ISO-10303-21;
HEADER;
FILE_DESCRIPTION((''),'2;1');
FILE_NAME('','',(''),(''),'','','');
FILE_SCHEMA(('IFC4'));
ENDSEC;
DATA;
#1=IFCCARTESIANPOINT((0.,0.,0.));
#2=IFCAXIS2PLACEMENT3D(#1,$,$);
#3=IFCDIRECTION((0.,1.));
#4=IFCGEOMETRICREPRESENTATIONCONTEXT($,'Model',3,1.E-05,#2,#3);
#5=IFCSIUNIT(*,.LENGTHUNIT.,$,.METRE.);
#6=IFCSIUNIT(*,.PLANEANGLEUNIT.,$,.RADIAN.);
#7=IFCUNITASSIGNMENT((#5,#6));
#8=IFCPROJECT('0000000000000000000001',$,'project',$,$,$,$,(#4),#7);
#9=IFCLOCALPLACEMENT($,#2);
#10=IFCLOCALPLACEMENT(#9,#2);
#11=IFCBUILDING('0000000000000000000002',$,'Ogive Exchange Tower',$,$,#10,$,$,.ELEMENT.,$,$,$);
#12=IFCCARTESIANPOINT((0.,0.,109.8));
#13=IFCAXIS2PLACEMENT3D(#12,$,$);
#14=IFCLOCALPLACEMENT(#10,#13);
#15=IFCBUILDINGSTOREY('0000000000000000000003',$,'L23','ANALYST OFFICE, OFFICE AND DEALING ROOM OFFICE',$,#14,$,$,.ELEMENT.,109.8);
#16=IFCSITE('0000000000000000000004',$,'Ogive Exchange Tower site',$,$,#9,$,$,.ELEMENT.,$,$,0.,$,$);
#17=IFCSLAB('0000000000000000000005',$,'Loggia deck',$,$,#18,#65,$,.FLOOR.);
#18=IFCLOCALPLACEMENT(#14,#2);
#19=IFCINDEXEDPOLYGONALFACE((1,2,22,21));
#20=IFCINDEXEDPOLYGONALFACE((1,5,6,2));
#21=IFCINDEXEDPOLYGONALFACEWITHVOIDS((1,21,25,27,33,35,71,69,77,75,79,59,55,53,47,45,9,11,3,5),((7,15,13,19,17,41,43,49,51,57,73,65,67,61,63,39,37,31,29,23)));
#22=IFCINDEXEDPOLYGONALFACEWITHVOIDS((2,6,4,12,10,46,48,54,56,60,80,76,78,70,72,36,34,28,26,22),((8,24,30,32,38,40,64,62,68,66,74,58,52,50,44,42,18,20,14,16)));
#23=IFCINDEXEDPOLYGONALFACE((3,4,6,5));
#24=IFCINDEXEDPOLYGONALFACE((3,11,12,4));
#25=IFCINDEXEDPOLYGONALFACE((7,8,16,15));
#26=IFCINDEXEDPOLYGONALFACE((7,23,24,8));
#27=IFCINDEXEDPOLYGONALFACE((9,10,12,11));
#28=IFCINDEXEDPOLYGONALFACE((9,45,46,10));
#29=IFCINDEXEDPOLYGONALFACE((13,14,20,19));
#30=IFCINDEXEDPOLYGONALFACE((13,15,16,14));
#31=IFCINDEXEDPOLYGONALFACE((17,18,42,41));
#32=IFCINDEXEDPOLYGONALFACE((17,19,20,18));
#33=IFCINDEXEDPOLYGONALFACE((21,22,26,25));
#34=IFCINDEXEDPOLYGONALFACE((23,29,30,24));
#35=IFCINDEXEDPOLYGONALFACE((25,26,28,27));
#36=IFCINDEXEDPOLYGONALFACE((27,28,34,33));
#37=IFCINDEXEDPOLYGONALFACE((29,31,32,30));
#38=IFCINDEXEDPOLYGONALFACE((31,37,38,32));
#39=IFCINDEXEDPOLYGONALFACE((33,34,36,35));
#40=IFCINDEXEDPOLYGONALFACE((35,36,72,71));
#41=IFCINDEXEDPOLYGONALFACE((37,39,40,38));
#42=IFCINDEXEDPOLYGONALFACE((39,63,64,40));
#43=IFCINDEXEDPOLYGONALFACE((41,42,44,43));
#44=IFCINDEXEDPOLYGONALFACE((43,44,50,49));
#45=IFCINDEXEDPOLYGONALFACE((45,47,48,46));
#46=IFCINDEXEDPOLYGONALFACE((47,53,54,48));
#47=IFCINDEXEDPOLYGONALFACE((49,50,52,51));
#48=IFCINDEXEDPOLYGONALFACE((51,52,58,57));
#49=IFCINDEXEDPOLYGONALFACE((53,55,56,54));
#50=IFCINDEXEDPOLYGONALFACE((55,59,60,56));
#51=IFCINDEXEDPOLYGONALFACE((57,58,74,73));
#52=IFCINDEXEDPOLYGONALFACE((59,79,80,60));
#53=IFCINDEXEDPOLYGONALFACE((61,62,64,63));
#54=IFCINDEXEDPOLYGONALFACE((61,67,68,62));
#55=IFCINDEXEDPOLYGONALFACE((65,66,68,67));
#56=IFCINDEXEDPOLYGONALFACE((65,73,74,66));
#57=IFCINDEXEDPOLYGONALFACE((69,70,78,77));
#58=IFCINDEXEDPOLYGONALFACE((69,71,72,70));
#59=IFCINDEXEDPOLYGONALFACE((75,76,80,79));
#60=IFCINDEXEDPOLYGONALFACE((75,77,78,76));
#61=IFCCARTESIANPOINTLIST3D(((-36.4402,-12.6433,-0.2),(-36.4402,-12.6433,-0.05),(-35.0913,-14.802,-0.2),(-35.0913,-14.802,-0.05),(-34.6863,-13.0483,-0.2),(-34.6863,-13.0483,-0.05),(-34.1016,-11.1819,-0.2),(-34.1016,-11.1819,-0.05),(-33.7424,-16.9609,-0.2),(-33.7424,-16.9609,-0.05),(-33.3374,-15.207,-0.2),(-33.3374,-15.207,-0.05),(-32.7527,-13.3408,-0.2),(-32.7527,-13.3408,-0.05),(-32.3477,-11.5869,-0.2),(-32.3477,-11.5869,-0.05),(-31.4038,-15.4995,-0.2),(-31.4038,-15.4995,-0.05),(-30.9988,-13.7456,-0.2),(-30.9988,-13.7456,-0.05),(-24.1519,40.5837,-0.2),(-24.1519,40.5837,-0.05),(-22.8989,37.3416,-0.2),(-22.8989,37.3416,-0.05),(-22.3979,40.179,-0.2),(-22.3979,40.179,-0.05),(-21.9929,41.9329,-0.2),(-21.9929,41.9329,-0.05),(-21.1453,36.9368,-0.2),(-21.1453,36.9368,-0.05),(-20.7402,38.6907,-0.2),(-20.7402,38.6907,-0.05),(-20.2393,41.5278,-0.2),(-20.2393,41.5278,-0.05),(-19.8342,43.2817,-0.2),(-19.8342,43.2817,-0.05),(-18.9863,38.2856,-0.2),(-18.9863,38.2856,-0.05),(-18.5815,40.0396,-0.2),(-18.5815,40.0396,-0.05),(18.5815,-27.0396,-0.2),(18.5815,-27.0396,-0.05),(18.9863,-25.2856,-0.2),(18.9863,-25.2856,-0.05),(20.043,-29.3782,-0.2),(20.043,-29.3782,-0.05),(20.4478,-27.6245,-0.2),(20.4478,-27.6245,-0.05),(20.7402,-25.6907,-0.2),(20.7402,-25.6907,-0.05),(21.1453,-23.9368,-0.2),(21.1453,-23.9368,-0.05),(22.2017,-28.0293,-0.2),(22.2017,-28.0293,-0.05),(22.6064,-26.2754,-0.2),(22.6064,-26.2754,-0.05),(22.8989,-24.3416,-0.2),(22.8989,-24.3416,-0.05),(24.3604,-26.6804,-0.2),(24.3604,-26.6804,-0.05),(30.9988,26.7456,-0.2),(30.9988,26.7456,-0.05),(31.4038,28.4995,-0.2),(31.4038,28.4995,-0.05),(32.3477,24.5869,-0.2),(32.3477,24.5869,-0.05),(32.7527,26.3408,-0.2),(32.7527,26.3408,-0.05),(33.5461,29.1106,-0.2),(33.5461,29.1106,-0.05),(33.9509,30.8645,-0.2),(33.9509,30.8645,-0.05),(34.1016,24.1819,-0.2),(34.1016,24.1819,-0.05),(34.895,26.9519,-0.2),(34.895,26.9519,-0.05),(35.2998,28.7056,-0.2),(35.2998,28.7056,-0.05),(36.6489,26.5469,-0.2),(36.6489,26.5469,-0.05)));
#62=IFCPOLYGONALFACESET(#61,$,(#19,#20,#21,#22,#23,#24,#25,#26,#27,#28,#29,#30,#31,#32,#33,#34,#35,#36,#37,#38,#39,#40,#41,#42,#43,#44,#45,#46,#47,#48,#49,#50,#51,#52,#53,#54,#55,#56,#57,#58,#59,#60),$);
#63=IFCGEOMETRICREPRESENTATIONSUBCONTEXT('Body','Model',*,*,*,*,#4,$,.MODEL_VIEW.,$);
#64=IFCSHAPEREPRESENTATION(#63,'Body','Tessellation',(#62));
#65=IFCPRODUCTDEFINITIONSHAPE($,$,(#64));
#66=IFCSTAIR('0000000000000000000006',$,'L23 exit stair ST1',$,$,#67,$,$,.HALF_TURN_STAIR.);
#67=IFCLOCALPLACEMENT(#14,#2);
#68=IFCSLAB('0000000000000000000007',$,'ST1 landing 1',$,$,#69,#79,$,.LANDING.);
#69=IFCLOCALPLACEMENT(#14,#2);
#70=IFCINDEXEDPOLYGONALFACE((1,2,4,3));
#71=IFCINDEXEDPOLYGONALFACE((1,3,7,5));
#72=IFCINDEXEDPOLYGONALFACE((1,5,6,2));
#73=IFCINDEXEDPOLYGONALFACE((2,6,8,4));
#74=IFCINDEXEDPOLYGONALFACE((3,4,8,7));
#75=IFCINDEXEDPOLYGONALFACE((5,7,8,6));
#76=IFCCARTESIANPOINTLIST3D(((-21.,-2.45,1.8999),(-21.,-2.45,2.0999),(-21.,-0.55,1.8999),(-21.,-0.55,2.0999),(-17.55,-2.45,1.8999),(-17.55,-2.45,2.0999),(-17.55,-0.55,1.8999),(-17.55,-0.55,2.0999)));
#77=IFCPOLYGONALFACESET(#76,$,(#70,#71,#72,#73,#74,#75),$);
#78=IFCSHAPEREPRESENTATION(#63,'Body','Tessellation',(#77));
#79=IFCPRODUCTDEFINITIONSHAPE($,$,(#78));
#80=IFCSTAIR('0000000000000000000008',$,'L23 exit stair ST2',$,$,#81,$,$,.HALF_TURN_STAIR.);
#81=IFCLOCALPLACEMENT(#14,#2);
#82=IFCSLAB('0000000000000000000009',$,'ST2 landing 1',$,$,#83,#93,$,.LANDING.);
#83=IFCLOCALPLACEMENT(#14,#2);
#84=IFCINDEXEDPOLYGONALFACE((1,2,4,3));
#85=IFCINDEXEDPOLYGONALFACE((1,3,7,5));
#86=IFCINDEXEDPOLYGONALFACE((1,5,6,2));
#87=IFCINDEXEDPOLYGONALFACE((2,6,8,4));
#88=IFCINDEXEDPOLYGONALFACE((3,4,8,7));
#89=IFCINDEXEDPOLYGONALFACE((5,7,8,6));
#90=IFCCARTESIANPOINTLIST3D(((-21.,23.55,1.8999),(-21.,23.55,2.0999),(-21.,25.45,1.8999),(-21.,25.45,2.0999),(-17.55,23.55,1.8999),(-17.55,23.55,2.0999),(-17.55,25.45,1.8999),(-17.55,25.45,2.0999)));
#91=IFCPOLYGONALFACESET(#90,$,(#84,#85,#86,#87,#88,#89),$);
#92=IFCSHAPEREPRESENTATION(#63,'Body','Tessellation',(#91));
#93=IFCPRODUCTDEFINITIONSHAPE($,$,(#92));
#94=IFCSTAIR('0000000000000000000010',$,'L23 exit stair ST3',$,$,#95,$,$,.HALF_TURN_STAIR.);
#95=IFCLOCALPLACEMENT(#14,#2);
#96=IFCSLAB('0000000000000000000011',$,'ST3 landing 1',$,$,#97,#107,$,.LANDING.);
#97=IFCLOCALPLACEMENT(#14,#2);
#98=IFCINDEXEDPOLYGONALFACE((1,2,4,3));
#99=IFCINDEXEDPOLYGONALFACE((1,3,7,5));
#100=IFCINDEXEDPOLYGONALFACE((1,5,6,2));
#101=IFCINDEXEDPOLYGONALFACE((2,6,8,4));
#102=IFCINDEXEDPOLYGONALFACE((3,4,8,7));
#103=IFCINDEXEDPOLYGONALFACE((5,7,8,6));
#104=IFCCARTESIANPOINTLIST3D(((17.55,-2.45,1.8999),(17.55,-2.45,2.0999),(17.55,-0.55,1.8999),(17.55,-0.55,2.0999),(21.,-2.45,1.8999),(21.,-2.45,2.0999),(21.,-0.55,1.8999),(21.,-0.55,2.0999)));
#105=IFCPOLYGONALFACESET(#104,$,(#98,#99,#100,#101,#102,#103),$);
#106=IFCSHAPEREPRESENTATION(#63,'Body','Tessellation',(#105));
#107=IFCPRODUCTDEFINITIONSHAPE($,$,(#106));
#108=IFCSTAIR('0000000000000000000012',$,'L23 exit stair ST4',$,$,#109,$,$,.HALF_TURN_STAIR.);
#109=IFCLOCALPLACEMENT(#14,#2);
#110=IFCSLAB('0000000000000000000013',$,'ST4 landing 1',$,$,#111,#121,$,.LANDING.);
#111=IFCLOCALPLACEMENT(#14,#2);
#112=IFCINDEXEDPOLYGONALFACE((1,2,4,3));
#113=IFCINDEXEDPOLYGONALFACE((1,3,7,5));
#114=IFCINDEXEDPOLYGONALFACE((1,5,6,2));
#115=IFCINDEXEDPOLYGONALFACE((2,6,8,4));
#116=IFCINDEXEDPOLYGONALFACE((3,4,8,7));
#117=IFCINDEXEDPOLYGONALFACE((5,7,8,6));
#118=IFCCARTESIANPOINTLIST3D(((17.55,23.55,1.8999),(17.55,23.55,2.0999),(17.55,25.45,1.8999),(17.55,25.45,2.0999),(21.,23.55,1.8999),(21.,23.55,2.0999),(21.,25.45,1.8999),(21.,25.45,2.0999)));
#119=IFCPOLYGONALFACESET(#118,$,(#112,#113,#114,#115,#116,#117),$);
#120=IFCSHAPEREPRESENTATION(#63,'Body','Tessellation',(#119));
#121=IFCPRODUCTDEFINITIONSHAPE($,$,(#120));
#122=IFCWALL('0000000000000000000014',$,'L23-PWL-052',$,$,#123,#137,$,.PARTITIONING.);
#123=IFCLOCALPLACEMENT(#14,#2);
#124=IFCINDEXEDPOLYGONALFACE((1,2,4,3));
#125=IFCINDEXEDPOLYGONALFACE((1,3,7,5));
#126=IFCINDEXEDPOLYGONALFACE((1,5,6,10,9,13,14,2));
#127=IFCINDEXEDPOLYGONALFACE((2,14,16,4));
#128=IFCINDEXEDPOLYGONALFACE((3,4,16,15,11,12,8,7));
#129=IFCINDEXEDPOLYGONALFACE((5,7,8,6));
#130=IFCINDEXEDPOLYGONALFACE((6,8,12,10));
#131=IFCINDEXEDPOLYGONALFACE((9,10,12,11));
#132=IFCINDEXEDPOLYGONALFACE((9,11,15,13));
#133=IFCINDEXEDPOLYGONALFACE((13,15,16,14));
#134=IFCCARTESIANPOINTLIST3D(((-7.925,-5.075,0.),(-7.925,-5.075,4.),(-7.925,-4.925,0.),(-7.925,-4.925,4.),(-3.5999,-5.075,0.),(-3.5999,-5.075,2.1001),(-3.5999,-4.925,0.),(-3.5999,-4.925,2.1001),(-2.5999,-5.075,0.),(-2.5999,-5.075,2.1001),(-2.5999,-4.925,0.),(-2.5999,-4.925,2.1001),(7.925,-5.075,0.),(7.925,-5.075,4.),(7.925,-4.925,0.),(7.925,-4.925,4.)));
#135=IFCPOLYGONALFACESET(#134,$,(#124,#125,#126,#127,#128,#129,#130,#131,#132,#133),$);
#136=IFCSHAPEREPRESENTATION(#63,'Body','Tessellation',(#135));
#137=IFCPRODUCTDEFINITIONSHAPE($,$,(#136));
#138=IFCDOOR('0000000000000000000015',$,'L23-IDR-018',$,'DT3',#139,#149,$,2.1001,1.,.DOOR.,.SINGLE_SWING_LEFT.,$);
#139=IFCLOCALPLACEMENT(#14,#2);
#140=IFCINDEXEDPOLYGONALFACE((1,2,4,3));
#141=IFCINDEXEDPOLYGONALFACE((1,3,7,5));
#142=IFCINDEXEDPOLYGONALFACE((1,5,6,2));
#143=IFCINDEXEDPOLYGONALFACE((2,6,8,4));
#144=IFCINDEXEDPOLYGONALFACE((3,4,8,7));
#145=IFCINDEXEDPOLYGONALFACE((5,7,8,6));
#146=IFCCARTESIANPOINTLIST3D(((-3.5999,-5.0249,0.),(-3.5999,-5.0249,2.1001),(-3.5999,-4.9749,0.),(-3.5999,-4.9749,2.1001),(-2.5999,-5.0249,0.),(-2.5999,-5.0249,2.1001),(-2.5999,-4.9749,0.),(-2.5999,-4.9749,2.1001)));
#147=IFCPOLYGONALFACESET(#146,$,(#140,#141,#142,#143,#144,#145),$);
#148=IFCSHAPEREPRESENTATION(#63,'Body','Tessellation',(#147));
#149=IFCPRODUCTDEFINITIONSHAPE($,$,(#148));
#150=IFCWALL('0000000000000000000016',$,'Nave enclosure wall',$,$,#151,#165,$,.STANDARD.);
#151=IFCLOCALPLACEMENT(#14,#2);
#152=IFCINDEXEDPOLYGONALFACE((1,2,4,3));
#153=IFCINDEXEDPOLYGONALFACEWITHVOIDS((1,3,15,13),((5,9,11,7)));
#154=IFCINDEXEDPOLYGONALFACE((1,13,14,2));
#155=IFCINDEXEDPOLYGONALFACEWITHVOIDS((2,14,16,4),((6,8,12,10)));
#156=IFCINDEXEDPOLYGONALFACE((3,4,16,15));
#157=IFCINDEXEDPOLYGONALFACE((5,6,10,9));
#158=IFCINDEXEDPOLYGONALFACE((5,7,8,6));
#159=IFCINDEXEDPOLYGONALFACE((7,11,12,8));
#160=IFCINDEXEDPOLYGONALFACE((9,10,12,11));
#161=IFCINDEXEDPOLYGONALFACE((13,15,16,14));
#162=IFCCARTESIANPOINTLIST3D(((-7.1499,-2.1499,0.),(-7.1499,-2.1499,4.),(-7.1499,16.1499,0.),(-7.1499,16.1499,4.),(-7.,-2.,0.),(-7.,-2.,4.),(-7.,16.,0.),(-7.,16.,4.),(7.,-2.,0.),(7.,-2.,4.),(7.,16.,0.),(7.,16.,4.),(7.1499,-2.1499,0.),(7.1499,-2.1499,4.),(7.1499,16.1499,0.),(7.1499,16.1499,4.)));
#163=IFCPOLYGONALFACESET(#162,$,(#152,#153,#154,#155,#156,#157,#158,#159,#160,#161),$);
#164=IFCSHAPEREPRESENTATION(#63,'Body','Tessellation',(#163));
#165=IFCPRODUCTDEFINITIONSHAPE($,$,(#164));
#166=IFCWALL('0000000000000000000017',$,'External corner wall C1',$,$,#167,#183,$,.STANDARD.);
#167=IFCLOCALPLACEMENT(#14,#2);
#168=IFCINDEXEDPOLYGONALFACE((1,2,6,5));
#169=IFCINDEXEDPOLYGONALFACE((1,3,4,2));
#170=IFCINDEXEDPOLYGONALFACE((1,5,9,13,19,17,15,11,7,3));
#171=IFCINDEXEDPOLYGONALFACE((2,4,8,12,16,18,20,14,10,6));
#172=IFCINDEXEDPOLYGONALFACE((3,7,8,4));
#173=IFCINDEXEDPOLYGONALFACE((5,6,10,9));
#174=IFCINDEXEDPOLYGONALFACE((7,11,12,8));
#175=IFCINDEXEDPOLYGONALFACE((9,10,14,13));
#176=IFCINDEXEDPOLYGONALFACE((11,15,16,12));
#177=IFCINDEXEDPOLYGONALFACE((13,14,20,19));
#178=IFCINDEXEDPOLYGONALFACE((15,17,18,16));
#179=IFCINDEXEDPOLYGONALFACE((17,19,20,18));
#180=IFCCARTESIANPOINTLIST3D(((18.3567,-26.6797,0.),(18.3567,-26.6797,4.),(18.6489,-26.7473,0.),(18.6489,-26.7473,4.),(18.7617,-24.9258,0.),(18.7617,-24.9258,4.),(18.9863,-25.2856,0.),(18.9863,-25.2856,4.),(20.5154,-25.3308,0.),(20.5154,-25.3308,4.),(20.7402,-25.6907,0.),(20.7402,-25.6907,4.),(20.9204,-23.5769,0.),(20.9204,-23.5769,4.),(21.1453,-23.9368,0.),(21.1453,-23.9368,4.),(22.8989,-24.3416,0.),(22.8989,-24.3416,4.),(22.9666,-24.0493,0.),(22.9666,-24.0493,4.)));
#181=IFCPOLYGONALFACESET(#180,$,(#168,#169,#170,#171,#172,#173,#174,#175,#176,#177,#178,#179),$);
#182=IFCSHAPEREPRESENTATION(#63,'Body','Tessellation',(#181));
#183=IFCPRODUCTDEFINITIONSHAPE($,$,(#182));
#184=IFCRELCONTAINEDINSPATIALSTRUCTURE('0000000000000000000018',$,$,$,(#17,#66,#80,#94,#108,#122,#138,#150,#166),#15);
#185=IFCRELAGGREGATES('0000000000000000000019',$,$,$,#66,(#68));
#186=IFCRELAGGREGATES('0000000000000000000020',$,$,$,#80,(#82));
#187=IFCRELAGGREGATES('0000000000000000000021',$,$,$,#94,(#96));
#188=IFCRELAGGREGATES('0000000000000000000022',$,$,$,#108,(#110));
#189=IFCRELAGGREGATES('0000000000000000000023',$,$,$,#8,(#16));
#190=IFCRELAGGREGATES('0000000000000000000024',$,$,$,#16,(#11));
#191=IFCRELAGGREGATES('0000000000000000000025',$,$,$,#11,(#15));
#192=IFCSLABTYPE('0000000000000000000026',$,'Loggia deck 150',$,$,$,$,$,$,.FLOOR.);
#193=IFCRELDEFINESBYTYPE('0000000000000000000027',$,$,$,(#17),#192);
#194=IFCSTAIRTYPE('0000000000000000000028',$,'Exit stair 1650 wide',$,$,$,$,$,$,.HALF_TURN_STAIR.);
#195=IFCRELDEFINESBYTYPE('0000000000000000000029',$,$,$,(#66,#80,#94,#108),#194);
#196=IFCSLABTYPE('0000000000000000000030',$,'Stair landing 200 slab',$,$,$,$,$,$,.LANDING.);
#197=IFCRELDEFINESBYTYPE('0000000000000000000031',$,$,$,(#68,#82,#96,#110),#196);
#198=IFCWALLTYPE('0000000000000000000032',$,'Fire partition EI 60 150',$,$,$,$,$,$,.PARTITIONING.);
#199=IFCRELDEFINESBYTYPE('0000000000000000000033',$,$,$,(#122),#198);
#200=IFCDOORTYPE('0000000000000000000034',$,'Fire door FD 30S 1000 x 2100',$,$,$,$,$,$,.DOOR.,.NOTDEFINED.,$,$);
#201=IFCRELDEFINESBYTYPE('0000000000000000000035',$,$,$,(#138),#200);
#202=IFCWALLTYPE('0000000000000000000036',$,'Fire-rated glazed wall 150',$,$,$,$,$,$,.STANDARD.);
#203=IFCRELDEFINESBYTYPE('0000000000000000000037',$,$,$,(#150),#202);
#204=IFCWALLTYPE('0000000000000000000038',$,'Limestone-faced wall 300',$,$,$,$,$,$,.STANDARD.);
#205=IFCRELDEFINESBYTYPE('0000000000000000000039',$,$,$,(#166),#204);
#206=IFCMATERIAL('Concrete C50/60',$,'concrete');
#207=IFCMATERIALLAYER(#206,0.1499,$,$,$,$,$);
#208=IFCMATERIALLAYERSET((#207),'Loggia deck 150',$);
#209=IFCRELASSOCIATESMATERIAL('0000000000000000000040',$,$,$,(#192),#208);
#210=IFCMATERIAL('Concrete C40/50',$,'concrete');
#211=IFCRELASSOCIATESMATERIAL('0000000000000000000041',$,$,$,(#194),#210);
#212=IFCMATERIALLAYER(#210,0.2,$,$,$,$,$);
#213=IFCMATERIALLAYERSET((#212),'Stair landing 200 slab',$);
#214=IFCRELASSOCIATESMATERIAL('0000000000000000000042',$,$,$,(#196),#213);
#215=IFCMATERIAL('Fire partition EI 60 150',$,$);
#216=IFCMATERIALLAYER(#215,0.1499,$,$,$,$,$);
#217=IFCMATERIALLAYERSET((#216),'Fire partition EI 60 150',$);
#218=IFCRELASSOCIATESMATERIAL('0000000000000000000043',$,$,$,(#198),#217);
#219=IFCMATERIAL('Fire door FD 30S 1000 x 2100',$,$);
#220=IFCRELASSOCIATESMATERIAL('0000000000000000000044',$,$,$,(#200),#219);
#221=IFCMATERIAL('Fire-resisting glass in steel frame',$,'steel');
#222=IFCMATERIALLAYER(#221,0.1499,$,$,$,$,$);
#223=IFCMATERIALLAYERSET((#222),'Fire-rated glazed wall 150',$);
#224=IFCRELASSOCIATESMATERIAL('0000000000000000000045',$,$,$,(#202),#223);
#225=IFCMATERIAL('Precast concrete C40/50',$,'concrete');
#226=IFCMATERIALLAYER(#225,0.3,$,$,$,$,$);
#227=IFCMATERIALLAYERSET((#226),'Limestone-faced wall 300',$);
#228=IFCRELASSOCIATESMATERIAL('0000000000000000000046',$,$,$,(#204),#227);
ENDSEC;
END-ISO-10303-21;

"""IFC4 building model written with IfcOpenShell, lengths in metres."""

from ifc_helpers import new_model, si_unit, direction, frame, frame_2d, origin, place, context, subcontext, project, spatial, polyline, rectangle, outline, extrude, material, layer, layer_set, type_object, element, fill, aggregate, save


model = new_model("IFC4")

# Units and contexts
model_context = context("Model", 3, precision=1e-05, world=origin(), true_north=direction((0.0, 1.0)))
body_context = subcontext(model_context, "Body", "Model", "MODEL_VIEW")
ifc_project = project(units=[si_unit("LENGTHUNIT", "METRE"), si_unit("PLANEANGLEUNIT", "RADIAN")], contexts=[model_context])

# Site, building, storey
site_placement = place(None, origin())
site = spatial("IfcSite", under=ifc_project, at=site_placement, Name="Ogive Exchange Tower site", CompositionType="ELEMENT", RefElevation=0.0)
building_placement = place(site_placement, origin())
building = spatial("IfcBuilding", under=site, at=building_placement, Name="Ogive Exchange Tower", CompositionType="ELEMENT")
storey_placement = place(building_placement, frame((0.0, 0.0, 109.8)))
storey = spatial("IfcBuildingStorey", under=building, at=storey_placement, Name="L23", Description="ANALYST OFFICE, OFFICE AND DEALING ROOM OFFICE", CompositionType="ELEMENT", Elevation=109.8)

# Slab
ifc_material_1 = material(Name="Concrete C50/60", Category="concrete")
ifc_layer_1 = layer(ifc_material_1, 0.1499)
ifc_layer_set_1 = layer_set([ifc_layer_1], Name="Loggia deck 150")
slab_type_1 = type_object("IfcSlabType", Name="Loggia deck 150", PredefinedType="FLOOR", material=ifc_layer_set_1)
slab_1_placement = place(storey_placement, frame((0.0, 0.0, -0.2)))
element("IfcSlab", 1, at=slab_1_placement, inside=storey, type_object=slab_type_1, Name="Loggia deck", PredefinedType="FLOOR", context=body_context, shape_type="SweptSolid", body=[
    extrude(outline(polyline([(-33.3374, -15.207), (-35.0913, -14.802), (-34.6863, -13.0483), (-36.4402, -12.6433), (-24.1519, 40.5837), (-22.3979, 40.179), (-21.9929, 41.9329), (-20.2393, 41.5278), (-19.8342, 43.2817), (33.9509, 30.8645), (33.5461, 29.1106), (35.2998, 28.7056), (34.895, 26.9519), (36.6489, 26.5469), (24.3604, -26.6804), (22.6064, -26.2754), (22.2017, -28.0293), (20.4478, -27.6245), (20.043, -29.3782), (-33.7424, -16.9609), (-33.3374, -15.207)]), holes=[polyline([(18.9863, -25.2856), (20.7402, -25.6907), (21.1453, -23.9368), (22.8989, -24.3416), (34.1016, 24.1819), (32.3477, 24.5869), (32.7527, 26.3408), (30.9988, 26.7456), (31.4038, 28.4995), (-18.5815, 40.0396), (-18.9863, 38.2856), (-20.7402, 38.6907), (-21.1453, 36.9368), (-22.8989, 37.3416), (-34.1016, -11.1819), (-32.3477, -11.5869), (-32.7527, -13.3408), (-30.9988, -13.7456), (-31.4038, -15.4995), (18.5815, -27.0396), (18.9863, -25.2856)])]), origin(), (0.0, 0.0, 1.0), 0.1499),
])

# Stairs, slabs
ifc_material_2 = material(Name="Concrete C40/50", Category="concrete")
stair_type = type_object("IfcStairType", Name="Exit stair 1650 wide", PredefinedType="HALF_TURN_STAIR", material=ifc_material_2)
stair_1_placement = place(storey_placement, origin())
stair_1 = element("IfcStair", 2, at=stair_1_placement, inside=storey, type_object=stair_type, Name="L23 exit stair ST1", PredefinedType="HALF_TURN_STAIR")
ifc_layer_2 = layer(ifc_material_2, 0.2)
ifc_layer_set_2 = layer_set([ifc_layer_2], Name="Stair landing 200 slab")
slab_type_2 = type_object("IfcSlabType", Name="Stair landing 200 slab", PredefinedType="LANDING", material=ifc_layer_set_2)
slab_2_placement = place(storey_placement, frame((0.0, 0.0, 1.8999)))
slab_2 = element("IfcSlab", 3, at=slab_2_placement, type_object=slab_type_2, Name="ST1 landing 1", PredefinedType="LANDING", context=body_context, shape_type="SweptSolid", body=[
    extrude(outline(polyline([(-21.0, -0.55), (-21.0, -2.45), (-17.55, -2.45), (-17.55, -0.55), (-21.0, -0.55)])), origin(), (0.0, 0.0, 1.0), 0.2),
])
aggregate(stair_1, [slab_2])
stair_2_placement = place(storey_placement, origin())
stair_2 = element("IfcStair", 4, at=stair_2_placement, inside=storey, type_object=stair_type, Name="L23 exit stair ST2", PredefinedType="HALF_TURN_STAIR")
slab_3_placement = place(storey_placement, frame((0.0, 0.0, 1.8999)))
slab_3 = element("IfcSlab", 5, at=slab_3_placement, type_object=slab_type_2, Name="ST2 landing 1", PredefinedType="LANDING", context=body_context, shape_type="SweptSolid", body=[
    extrude(outline(polyline([(-17.55, 23.55), (-17.55, 25.45), (-21.0, 25.45), (-21.0, 23.55), (-17.55, 23.55)])), origin(), (0.0, 0.0, 1.0), 0.2),
])
aggregate(stair_2, [slab_3])
stair_3_placement = place(storey_placement, origin())
stair_3 = element("IfcStair", 6, at=stair_3_placement, inside=storey, type_object=stair_type, Name="L23 exit stair ST3", PredefinedType="HALF_TURN_STAIR")
slab_4_placement = place(storey_placement, frame((0.0, 0.0, 1.8999)))
slab_4 = element("IfcSlab", 7, at=slab_4_placement, type_object=slab_type_2, Name="ST3 landing 1", PredefinedType="LANDING", context=body_context, shape_type="SweptSolid", body=[
    extrude(outline(polyline([(17.55, -0.55), (17.55, -2.45), (21.0, -2.45), (21.0, -0.55), (17.55, -0.55)])), origin(), (0.0, 0.0, 1.0), 0.2),
])
aggregate(stair_3, [slab_4])
stair_4_placement = place(storey_placement, origin())
stair_4 = element("IfcStair", 8, at=stair_4_placement, inside=storey, type_object=stair_type, Name="L23 exit stair ST4", PredefinedType="HALF_TURN_STAIR")
slab_5_placement = place(storey_placement, frame((0.0, 0.0, 1.8999)))
slab_5 = element("IfcSlab", 9, at=slab_5_placement, type_object=slab_type_2, Name="ST4 landing 1", PredefinedType="LANDING", context=body_context, shape_type="SweptSolid", body=[
    extrude(outline(polyline([(21.0, 23.55), (21.0, 25.45), (17.55, 25.45), (17.55, 23.55), (21.0, 23.55)])), origin(), (0.0, 0.0, 1.0), 0.2),
])
aggregate(stair_4, [slab_5])

# Wall, opening, door
ifc_material_3 = material(Name="Fire partition EI 60 150")
ifc_layer_3 = layer(ifc_material_3, 0.1499)
ifc_layer_set_3 = layer_set([ifc_layer_3], Name="Fire partition EI 60 150")
wall_type_1 = type_object("IfcWallType", Name="Fire partition EI 60 150", PredefinedType="PARTITIONING", material=ifc_layer_set_3)
wall_1_placement = place(storey_placement, frame((7.925, -5.0, 0.0), z_axis=(0.0, 0.0, 1.0), x_axis=(-1.0, 0.0, 0.0)))
wall_1 = element("IfcWall", 10, at=wall_1_placement, inside=storey, type_object=wall_type_1, Name="L23-PWL-052", PredefinedType="PARTITIONING", context=body_context, shape_type="SweptSolid", body=[
    extrude(rectangle(XDim=15.8501, YDim=0.1499, at=frame_2d((7.925, 0.0))), origin(), (0.0, 0.0, 1.0), 4.0),
])
opening_1_placement = place(wall_1_placement, frame((10.5249, 0.0, 0.0)))
opening_1 = element("IfcOpeningElement", 11, at=opening_1_placement, cuts=wall_1, PredefinedType="OPENING", context=body_context, shape_type="SweptSolid", body=[
    extrude(rectangle(XDim=1.0, YDim=2.1001, at=frame_2d((0.5, 1.05))), frame((0.0, 0.085, 0.0), z_axis=(0.0, -1.0, 0.0), x_axis=(1.0, 0.0, 0.0)), (0.0, 0.0, 1.0), 0.1699),
])
ifc_material_4 = material(Name="Fire door FD 30S 1000 x 2100")
door_type_1 = type_object("IfcDoorType", Name="Fire door FD 30S 1000 x 2100", OperationType="NOTDEFINED", PredefinedType="DOOR", material=ifc_material_4)
door_1_placement = place(opening_1_placement, origin())
door_1 = element("IfcDoor", 12, at=door_1_placement, inside=storey, type_object=door_type_1, Name="L23-IDR-018", ObjectType="DT3", OperationType="SINGLE_SWING_LEFT", OverallHeight=2.1001, OverallWidth=1.0, PredefinedType="DOOR", context=body_context, shape_type="SweptSolid", body=[
    extrude(rectangle(XDim=1.0, YDim=2.1001, at=frame_2d((0.5, 1.05))), frame((0.0, 0.0249, 0.0), z_axis=(0.0, -1.0, 0.0), x_axis=(1.0, 0.0, 0.0)), (0.0, 0.0, 1.0), 0.05),
])
fill(opening_1, door_1)

# Walls
ifc_material_5 = material(Name="Fire-resisting glass in steel frame", Category="steel")
ifc_layer_4 = layer(ifc_material_5, 0.1499)
ifc_layer_set_4 = layer_set([ifc_layer_4], Name="Fire-rated glazed wall 150")
wall_type_2 = type_object("IfcWallType", Name="Fire-rated glazed wall 150", PredefinedType="STANDARD", material=ifc_layer_set_4)
wall_2_placement = place(storey_placement, origin())
element("IfcWall", 13, at=wall_2_placement, inside=storey, type_object=wall_type_2, Name="Nave enclosure wall", PredefinedType="STANDARD", context=body_context, shape_type="SweptSolid", body=[
    extrude(outline(polyline([(-7.1499, -2.1499), (7.1499, -2.1499), (7.1499, 16.1499), (-7.1499, 16.1499), (-7.1499, -2.1499)]), holes=[polyline([(-7.0, -2.0), (-7.0, 16.0), (7.0, 16.0), (7.0, -2.0), (-7.0, -2.0)])]), origin(), (0.0, 0.0, 1.0), 4.0),
])
ifc_material_6 = material(Name="Precast concrete C40/50", Category="concrete")
ifc_layer_5 = layer(ifc_material_6, 0.3)
ifc_layer_set_5 = layer_set([ifc_layer_5], Name="Limestone-faced wall 300")
wall_type_3 = type_object("IfcWallType", Name="Limestone-faced wall 300", PredefinedType="STANDARD", material=ifc_layer_set_5)
wall_3_placement = place(storey_placement, origin())
element("IfcWall", 14, at=wall_3_placement, inside=storey, type_object=wall_type_3, Name="External corner wall C1", PredefinedType="STANDARD", context=body_context, shape_type="SweptSolid", body=[
    extrude(outline(polyline([(20.5154, -25.3308), (20.9204, -23.5769), (22.9666, -24.0493), (22.8989, -24.3416), (21.1453, -23.9368), (20.7402, -25.6907), (18.9863, -25.2856), (18.6489, -26.7473), (18.3567, -26.6797), (18.7617, -24.9258), (20.5154, -25.3308)])), origin(), (0.0, 0.0, 1.0), 4.0),
])

save(model, "model.ifc")
